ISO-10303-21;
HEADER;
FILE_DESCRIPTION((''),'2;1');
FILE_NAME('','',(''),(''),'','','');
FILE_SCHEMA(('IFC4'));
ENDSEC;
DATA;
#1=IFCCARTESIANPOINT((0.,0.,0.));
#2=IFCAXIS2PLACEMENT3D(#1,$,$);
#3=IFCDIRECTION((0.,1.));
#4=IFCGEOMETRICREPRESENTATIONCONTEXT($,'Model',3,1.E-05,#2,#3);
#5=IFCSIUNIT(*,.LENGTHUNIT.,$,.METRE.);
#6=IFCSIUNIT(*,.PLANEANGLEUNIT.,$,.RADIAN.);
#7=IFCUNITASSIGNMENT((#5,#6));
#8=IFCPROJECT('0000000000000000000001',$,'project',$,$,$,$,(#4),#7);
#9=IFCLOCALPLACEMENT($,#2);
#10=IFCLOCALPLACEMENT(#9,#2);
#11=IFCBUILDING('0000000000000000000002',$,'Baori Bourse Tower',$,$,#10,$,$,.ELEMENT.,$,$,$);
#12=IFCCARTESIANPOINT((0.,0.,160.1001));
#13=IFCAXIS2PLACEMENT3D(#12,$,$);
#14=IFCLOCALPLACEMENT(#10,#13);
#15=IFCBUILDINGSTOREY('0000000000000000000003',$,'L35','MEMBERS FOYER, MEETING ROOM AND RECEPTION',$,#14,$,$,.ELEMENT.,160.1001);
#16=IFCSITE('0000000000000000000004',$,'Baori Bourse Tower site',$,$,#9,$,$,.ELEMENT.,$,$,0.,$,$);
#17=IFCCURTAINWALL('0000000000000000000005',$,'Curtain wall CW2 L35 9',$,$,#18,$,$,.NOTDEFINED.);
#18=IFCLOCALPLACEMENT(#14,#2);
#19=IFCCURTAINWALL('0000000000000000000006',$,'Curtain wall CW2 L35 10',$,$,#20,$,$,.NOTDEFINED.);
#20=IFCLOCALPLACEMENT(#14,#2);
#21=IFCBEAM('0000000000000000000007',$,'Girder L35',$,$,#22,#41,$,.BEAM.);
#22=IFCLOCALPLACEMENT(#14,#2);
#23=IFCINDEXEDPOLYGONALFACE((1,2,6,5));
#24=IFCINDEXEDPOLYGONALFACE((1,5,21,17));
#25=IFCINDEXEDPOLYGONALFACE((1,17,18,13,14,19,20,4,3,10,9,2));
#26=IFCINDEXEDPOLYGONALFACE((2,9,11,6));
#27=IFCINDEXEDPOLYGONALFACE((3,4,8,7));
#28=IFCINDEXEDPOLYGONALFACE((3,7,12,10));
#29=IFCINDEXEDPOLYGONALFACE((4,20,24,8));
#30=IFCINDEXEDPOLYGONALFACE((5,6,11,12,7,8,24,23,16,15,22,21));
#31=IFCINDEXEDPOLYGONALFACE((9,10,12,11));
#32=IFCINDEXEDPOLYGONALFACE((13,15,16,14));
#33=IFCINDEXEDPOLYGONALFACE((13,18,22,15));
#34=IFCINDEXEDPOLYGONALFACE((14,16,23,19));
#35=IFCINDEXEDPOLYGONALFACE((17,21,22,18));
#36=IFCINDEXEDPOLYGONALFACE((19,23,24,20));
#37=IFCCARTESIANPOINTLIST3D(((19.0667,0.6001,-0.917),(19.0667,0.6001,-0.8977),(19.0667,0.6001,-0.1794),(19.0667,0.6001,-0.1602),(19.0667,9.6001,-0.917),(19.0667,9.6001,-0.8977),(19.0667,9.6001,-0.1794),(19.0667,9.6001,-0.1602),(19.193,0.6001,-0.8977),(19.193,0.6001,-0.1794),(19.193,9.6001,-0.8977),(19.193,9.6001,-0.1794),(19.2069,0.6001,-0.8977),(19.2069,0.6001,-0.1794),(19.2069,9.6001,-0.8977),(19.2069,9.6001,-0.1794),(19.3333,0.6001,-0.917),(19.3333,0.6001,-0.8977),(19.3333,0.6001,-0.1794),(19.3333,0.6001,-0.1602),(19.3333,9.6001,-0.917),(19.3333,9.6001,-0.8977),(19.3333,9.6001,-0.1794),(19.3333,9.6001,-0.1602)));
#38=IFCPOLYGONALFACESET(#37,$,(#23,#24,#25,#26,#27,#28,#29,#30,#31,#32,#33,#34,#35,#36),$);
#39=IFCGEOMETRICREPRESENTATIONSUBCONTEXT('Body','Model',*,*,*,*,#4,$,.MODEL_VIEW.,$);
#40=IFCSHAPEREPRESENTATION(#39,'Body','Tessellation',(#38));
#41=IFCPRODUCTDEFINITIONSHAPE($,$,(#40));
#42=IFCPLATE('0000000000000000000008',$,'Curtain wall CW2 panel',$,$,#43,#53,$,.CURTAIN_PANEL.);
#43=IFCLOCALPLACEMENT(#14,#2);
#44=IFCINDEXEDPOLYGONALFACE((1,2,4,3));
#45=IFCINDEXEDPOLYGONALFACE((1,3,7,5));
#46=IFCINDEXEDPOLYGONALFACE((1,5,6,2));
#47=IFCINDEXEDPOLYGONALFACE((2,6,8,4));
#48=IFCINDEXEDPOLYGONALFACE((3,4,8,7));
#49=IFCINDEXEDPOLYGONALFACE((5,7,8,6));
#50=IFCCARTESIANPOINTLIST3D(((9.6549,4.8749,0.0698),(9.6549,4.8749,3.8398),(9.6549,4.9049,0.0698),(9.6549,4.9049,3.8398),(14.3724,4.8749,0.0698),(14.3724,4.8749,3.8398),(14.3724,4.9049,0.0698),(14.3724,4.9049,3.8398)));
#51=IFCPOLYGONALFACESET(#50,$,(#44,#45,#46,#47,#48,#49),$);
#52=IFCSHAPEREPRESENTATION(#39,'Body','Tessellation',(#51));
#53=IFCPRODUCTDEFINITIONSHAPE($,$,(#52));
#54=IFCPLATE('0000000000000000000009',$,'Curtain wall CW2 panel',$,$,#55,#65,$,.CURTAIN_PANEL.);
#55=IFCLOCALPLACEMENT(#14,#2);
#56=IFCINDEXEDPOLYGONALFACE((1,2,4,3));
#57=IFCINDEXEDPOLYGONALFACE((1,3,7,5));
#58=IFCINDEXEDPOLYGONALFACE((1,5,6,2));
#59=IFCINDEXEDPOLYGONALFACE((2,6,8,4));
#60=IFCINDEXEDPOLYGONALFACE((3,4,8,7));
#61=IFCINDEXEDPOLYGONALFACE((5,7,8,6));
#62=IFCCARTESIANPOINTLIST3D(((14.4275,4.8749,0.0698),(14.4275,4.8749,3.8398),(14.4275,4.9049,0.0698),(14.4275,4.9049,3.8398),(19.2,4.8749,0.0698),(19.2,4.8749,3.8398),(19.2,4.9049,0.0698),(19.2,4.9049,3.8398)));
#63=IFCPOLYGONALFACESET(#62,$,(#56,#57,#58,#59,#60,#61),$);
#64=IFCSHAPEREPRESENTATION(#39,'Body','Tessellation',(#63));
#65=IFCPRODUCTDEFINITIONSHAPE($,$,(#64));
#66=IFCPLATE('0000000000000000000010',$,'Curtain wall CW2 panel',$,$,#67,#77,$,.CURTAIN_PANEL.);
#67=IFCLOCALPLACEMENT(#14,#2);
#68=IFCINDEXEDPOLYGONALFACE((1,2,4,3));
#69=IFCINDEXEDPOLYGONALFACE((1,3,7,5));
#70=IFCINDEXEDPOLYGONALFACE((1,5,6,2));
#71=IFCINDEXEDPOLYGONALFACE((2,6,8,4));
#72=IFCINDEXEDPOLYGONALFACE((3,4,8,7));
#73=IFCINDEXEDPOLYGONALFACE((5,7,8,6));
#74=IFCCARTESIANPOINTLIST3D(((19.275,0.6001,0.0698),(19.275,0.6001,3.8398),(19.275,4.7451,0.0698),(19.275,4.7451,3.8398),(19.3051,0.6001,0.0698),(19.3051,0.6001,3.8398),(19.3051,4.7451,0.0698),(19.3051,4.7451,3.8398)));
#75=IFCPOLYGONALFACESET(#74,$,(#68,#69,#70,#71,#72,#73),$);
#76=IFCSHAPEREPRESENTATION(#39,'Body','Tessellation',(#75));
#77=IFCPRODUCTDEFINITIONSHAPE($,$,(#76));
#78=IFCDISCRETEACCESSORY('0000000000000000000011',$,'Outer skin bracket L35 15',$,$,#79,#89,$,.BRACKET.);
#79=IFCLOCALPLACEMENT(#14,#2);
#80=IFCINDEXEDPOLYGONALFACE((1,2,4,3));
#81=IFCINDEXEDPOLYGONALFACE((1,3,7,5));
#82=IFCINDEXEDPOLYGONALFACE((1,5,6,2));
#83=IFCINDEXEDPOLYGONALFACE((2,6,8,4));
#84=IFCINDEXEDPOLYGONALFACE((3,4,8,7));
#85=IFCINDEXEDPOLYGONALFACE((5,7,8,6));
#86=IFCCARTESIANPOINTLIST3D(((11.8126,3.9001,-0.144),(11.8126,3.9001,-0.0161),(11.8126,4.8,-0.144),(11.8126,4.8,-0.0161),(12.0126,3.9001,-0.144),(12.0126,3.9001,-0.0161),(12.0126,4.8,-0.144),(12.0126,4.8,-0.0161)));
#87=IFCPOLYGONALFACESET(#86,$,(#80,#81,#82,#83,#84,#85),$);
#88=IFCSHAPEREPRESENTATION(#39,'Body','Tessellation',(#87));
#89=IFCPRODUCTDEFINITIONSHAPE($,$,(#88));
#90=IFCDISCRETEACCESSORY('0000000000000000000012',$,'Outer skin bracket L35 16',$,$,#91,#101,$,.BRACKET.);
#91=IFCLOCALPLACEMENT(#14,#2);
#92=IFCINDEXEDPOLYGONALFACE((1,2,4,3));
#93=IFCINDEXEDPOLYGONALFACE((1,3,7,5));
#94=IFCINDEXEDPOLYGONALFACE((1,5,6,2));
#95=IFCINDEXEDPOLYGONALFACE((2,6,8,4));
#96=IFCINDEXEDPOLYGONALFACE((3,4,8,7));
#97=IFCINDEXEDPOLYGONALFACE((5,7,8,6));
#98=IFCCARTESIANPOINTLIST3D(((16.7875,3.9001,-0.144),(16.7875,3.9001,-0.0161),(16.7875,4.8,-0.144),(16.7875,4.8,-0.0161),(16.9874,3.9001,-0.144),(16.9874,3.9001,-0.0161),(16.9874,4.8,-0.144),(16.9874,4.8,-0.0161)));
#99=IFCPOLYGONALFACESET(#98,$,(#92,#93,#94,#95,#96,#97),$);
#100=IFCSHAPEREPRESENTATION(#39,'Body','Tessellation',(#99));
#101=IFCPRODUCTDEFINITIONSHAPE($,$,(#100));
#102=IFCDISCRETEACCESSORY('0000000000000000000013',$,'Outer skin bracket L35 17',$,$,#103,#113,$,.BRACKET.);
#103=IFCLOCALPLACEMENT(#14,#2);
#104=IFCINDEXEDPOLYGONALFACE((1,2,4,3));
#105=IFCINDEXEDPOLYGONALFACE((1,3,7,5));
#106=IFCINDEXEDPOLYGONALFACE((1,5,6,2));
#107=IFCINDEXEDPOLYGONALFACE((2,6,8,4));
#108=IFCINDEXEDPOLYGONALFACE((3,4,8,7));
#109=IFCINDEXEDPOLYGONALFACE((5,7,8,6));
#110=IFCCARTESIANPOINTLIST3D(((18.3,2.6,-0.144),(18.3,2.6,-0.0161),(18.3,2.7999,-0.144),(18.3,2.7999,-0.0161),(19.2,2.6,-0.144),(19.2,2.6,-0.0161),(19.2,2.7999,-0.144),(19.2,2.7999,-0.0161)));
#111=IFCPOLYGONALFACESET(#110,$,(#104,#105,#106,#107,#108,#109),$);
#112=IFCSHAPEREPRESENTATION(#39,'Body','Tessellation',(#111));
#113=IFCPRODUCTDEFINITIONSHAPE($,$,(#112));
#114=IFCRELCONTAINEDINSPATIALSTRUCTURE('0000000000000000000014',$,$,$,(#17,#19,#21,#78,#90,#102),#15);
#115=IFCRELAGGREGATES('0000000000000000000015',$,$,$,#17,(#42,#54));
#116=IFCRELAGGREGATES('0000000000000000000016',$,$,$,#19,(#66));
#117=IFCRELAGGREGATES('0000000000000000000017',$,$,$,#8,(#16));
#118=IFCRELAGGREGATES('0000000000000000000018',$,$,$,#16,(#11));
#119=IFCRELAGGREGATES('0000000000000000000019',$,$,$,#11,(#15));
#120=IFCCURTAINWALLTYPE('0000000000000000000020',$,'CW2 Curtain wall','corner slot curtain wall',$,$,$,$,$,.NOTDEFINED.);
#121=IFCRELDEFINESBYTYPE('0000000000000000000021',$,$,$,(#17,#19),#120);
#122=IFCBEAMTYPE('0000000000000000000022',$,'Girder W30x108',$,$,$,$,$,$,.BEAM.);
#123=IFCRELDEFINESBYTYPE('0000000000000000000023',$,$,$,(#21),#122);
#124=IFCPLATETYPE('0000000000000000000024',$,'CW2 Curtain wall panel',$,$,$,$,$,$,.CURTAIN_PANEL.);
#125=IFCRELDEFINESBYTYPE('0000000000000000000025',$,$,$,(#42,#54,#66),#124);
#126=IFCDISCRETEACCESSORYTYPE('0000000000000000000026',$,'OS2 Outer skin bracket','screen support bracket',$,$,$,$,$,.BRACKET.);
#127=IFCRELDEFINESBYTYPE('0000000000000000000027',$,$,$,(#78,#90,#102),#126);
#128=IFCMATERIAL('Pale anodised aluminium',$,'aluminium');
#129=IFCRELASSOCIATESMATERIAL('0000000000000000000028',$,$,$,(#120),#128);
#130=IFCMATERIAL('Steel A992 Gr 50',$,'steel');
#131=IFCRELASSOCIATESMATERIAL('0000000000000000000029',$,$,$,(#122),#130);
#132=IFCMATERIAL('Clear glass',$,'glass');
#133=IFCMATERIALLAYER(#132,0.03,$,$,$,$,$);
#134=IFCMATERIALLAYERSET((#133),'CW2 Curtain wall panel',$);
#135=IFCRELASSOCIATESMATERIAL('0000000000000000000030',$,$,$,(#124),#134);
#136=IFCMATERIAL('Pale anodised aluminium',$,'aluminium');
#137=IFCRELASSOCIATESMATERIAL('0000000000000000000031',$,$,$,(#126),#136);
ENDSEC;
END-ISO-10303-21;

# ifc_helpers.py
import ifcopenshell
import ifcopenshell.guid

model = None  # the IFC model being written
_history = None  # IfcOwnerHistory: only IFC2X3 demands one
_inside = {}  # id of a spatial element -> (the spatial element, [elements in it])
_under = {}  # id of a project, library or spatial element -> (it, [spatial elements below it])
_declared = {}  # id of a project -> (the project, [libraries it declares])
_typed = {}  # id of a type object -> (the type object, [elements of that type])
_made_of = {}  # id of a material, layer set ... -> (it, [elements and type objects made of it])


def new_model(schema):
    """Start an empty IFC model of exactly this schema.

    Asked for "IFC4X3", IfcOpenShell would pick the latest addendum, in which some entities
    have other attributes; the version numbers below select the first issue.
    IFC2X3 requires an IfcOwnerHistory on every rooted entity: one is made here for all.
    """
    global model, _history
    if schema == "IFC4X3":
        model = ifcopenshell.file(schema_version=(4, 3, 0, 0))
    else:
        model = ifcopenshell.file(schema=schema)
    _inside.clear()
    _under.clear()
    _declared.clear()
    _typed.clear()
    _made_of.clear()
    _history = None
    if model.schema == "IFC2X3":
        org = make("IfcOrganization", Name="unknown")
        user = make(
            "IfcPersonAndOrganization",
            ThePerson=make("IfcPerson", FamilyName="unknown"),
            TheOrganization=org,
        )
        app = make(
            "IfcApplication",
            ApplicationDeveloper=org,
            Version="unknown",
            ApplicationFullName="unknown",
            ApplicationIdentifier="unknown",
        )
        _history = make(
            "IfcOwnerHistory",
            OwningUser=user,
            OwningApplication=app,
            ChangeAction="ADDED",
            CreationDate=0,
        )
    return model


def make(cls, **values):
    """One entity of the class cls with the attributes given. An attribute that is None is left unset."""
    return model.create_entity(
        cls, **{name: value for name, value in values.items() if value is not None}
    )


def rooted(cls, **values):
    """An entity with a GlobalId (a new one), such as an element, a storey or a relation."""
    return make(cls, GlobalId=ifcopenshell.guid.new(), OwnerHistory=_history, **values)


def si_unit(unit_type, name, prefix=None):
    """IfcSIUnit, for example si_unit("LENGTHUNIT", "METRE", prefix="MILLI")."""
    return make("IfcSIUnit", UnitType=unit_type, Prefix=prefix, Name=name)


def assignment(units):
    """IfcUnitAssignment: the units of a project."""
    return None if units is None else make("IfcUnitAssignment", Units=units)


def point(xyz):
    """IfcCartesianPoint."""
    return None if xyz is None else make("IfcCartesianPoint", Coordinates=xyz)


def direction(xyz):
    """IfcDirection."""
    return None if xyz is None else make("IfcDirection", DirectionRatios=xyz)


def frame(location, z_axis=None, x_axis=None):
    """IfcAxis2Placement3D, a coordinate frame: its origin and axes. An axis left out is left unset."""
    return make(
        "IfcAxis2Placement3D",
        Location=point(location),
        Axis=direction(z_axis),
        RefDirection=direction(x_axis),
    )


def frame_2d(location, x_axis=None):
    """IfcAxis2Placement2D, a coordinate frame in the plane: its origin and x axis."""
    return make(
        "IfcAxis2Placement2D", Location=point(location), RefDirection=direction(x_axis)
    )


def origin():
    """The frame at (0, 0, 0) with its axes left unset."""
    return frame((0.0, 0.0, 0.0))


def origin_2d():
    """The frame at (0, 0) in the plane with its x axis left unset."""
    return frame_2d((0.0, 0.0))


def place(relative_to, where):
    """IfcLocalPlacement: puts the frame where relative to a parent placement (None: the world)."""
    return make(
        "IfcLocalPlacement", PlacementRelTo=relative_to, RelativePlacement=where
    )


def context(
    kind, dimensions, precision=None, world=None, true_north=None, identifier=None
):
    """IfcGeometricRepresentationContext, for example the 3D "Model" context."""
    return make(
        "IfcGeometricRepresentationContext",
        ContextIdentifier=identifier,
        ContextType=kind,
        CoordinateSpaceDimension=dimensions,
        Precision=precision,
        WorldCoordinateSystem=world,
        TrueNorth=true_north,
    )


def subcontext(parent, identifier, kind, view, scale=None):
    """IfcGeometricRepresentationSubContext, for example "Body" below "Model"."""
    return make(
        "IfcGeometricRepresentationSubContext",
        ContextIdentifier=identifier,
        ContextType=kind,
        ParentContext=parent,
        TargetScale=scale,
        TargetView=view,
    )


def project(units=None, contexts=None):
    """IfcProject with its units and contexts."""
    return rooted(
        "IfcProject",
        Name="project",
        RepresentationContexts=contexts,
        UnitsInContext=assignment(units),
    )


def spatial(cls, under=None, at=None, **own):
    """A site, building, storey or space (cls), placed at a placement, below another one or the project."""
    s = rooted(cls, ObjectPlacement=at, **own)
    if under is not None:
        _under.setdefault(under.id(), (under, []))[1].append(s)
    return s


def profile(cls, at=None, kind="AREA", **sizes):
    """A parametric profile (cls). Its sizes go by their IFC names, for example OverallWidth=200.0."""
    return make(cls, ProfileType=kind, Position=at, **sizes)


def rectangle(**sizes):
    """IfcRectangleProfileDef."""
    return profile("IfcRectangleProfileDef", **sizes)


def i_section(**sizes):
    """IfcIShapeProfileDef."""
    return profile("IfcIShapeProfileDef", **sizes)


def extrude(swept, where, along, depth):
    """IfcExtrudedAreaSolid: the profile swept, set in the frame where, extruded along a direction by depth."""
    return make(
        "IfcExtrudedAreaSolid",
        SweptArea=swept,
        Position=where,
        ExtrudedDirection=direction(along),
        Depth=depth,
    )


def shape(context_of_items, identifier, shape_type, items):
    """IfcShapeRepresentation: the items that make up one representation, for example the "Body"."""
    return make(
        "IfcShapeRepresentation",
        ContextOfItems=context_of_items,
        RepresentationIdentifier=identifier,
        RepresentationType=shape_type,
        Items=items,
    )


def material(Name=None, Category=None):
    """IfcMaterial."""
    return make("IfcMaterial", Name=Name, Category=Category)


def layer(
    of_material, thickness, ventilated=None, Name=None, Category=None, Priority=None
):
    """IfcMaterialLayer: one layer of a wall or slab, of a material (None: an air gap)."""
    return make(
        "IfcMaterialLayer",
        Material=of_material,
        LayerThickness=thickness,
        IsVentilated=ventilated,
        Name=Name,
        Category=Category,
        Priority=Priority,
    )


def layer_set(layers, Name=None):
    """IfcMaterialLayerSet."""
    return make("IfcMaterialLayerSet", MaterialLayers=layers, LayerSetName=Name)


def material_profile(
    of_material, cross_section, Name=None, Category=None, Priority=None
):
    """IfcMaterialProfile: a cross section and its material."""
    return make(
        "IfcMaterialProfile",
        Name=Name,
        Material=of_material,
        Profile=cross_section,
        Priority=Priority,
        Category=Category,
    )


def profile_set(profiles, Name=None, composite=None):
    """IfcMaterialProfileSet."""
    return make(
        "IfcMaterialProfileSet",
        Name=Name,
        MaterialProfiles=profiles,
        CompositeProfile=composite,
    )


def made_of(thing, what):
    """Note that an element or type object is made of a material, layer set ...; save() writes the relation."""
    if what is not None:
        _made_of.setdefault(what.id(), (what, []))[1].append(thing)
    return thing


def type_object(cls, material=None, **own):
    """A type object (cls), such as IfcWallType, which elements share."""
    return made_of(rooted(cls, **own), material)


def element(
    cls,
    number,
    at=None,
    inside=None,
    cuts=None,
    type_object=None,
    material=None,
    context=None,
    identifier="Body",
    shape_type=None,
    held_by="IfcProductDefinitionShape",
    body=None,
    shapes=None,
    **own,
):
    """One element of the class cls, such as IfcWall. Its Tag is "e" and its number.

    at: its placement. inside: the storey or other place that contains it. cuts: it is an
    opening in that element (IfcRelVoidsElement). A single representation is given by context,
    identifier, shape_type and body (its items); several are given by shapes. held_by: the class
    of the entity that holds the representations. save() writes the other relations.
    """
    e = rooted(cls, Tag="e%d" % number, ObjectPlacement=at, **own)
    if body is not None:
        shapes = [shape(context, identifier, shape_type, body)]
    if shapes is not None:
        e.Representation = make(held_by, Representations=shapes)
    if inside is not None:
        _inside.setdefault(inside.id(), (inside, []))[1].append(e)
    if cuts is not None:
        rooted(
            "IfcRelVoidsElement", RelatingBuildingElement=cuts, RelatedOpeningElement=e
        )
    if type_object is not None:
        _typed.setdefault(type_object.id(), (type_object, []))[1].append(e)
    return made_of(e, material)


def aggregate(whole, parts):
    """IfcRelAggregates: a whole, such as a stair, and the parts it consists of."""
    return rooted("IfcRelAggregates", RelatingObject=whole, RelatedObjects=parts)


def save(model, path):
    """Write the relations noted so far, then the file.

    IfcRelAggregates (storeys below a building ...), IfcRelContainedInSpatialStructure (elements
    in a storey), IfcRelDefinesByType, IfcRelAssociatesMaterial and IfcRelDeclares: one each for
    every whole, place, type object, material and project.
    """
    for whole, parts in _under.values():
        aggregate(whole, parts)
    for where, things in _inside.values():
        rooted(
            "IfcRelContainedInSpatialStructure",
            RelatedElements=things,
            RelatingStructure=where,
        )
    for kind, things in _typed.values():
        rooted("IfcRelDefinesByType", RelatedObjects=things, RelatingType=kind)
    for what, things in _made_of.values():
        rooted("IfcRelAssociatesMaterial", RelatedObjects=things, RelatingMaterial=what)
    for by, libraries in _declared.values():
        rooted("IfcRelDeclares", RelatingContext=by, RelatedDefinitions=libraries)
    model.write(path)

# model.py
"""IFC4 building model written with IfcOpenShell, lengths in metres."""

from ifc_helpers import new_model, si_unit, direction, frame, origin, origin_2d, place, context, subcontext, project, spatial, rectangle, i_section, extrude, material, layer, layer_set, material_profile, profile_set, type_object, element, aggregate, save


model = new_model("IFC4")

# Units and contexts
model_context = context("Model", 3, precision=1e-05, world=origin(), true_north=direction((0.0, 1.0)))
body_context = subcontext(model_context, "Body", "Model", "MODEL_VIEW")
ifc_project = project(units=[si_unit("LENGTHUNIT", "METRE"), si_unit("PLANEANGLEUNIT", "RADIAN")], contexts=[model_context])

# Site, building, storey
site_placement = place(None, origin())
site = spatial("IfcSite", under=ifc_project, at=site_placement, Name="Baori Bourse Tower site", CompositionType="ELEMENT", RefElevation=0.0)
building_placement = place(site_placement, origin())
building = spatial("IfcBuilding", under=site, at=building_placement, Name="Baori Bourse Tower", CompositionType="ELEMENT")
storey_placement = place(building_placement, frame((0.0, 0.0, 160.1001)))
storey = spatial("IfcBuildingStorey", under=building, at=storey_placement, Name="L35", Description="MEMBERS FOYER, MEETING ROOM AND RECEPTION", CompositionType="ELEMENT", Elevation=160.1001)

# Curtain wall
ifc_material_1 = material(Name="Pale anodised aluminium", Category="aluminium")
curtain_wall_type_1 = type_object("IfcCurtainWallType", Name="CW2 Curtain wall", Description="corner slot curtain wall", PredefinedType="NOTDEFINED", material=ifc_material_1)
curtain_wall_1_placement = place(storey_placement, origin())
curtain_wall_1 = element("IfcCurtainWall", 1, at=curtain_wall_1_placement, inside=storey, type_object=curtain_wall_type_1, Name="Curtain wall CW2 L35 9", PredefinedType="NOTDEFINED")

# Curtain wall
curtain_wall_2_placement = place(storey_placement, origin())
curtain_wall_2 = element("IfcCurtainWall", 2, at=curtain_wall_2_placement, inside=storey, type_object=curtain_wall_type_1, Name="Curtain wall CW2 L35 10", PredefinedType="NOTDEFINED")

# Beam
ifc_material_2 = material(Name="Steel A992 Gr 50", Category="steel")
ifc_material_profile_1 = material_profile(ifc_material_2, i_section(OverallWidth=0.2666, OverallDepth=0.7568, WebThickness=0.0139, FlangeThickness=0.0193, at=origin_2d()), Name="W30x108")
ifc_profile_set_1 = profile_set([ifc_material_profile_1], Name="Steel A992 Gr 50")
beam_type_1 = type_object("IfcBeamType", Name="Girder W30x108", PredefinedType="BEAM", material=ifc_profile_set_1)
beam_1_placement = place(storey_placement, frame((19.2, 0.6001, -0.5386), z_axis=(0.0, 1.0, 0.0), x_axis=(-1.0, 0.0, 0.0)))
element("IfcBeam", 3, at=beam_1_placement, inside=storey, type_object=beam_type_1, Name="Girder L35", PredefinedType="BEAM", context=body_context, shape_type="SweptSolid", body=[
    extrude(i_section(OverallWidth=0.2666, OverallDepth=0.7568, WebThickness=0.0139, FlangeThickness=0.0193, at=origin_2d()), origin(), (0.0, 0.0, 1.0), 9.0),
])

# Plates
ifc_material_3 = material(Name="Clear glass", Category="glass")
ifc_layer = layer(ifc_material_3, 0.03)
ifc_layer_set = layer_set([ifc_layer], Name="CW2 Curtain wall panel")
plate_type = type_object("IfcPlateType", Name="CW2 Curtain wall panel", PredefinedType="CURTAIN_PANEL", material=ifc_layer_set)
plate_1_placement = place(storey_placement, frame((12.0137, 4.8899, 0.0698), z_axis=(0.0, 0.0, 1.0), x_axis=(1.0, 0.0, 0.0)))
plate_1 = element("IfcPlate", 4, at=plate_1_placement, type_object=plate_type, Name="Curtain wall CW2 panel", PredefinedType="CURTAIN_PANEL", context=body_context, shape_type="SweptSolid", body=[
    extrude(rectangle(XDim=4.7175, YDim=0.03, at=origin_2d()), origin(), (0.0, 0.0, 1.0), 3.77),
])
plate_2_placement = place(storey_placement, frame((16.8137, 4.8899, 0.0698), z_axis=(0.0, 0.0, 1.0), x_axis=(1.0, 0.0, 0.0)))
plate_2 = element("IfcPlate", 5, at=plate_2_placement, type_object=plate_type, Name="Curtain wall CW2 panel", PredefinedType="CURTAIN_PANEL", context=body_context, shape_type="SweptSolid", body=[
    extrude(rectangle(XDim=4.7725, YDim=0.03, at=origin_2d()), origin(), (0.0, 0.0, 1.0), 3.77),
])
aggregate(curtain_wall_1, [plate_1, plate_2])
plate_3_placement = place(storey_placement, frame((19.29, 2.6726, 0.0698), z_axis=(0.0, 0.0, 1.0), x_axis=(0.0, -1.0, 0.0)))
plate_3 = element("IfcPlate", 6, at=plate_3_placement, type_object=plate_type, Name="Curtain wall CW2 panel", PredefinedType="CURTAIN_PANEL", context=body_context, shape_type="SweptSolid", body=[
    extrude(rectangle(XDim=4.145, YDim=0.03, at=origin_2d()), origin(), (0.0, 0.0, 1.0), 3.77),
])
aggregate(curtain_wall_2, [plate_3])

# Discrete accessories
ifc_material_4 = material(Name="Pale anodised aluminium", Category="aluminium")
discrete_accessory_type = type_object("IfcDiscreteAccessoryType", Name="OS2 Outer skin bracket", Description="screen support bracket", PredefinedType="BRACKET", material=ifc_material_4)
for number, where, z_axis, x_axis, name in (
    (7, (11.9126, 4.3501, -0.144), (0.0, 0.0, 1.0), (1.0, 0.0, 0.0), "Outer skin bracket L35 15"),
    (8, (16.8875, 4.3501, -0.144), (0.0, 0.0, 1.0), (1.0, 0.0, 0.0), "Outer skin bracket L35 16"),
    (9, (18.75, 2.7, -0.144), (0.0, 0.0, 1.0), (0.0, -1.0, 0.0), "Outer skin bracket L35 17"),
):
    element("IfcDiscreteAccessory", number, at=place(storey_placement, frame(where, z_axis=z_axis, x_axis=x_axis)), inside=storey, type_object=discrete_accessory_type, Name=name, PredefinedType="BRACKET", context=body_context, shape_type="SweptSolid", body=[
        extrude(rectangle(XDim=0.2, YDim=0.8999, at=origin_2d()), origin(), (0.0, 0.0, 1.0), 0.1279),
    ])

save(model, "model.ifc")
